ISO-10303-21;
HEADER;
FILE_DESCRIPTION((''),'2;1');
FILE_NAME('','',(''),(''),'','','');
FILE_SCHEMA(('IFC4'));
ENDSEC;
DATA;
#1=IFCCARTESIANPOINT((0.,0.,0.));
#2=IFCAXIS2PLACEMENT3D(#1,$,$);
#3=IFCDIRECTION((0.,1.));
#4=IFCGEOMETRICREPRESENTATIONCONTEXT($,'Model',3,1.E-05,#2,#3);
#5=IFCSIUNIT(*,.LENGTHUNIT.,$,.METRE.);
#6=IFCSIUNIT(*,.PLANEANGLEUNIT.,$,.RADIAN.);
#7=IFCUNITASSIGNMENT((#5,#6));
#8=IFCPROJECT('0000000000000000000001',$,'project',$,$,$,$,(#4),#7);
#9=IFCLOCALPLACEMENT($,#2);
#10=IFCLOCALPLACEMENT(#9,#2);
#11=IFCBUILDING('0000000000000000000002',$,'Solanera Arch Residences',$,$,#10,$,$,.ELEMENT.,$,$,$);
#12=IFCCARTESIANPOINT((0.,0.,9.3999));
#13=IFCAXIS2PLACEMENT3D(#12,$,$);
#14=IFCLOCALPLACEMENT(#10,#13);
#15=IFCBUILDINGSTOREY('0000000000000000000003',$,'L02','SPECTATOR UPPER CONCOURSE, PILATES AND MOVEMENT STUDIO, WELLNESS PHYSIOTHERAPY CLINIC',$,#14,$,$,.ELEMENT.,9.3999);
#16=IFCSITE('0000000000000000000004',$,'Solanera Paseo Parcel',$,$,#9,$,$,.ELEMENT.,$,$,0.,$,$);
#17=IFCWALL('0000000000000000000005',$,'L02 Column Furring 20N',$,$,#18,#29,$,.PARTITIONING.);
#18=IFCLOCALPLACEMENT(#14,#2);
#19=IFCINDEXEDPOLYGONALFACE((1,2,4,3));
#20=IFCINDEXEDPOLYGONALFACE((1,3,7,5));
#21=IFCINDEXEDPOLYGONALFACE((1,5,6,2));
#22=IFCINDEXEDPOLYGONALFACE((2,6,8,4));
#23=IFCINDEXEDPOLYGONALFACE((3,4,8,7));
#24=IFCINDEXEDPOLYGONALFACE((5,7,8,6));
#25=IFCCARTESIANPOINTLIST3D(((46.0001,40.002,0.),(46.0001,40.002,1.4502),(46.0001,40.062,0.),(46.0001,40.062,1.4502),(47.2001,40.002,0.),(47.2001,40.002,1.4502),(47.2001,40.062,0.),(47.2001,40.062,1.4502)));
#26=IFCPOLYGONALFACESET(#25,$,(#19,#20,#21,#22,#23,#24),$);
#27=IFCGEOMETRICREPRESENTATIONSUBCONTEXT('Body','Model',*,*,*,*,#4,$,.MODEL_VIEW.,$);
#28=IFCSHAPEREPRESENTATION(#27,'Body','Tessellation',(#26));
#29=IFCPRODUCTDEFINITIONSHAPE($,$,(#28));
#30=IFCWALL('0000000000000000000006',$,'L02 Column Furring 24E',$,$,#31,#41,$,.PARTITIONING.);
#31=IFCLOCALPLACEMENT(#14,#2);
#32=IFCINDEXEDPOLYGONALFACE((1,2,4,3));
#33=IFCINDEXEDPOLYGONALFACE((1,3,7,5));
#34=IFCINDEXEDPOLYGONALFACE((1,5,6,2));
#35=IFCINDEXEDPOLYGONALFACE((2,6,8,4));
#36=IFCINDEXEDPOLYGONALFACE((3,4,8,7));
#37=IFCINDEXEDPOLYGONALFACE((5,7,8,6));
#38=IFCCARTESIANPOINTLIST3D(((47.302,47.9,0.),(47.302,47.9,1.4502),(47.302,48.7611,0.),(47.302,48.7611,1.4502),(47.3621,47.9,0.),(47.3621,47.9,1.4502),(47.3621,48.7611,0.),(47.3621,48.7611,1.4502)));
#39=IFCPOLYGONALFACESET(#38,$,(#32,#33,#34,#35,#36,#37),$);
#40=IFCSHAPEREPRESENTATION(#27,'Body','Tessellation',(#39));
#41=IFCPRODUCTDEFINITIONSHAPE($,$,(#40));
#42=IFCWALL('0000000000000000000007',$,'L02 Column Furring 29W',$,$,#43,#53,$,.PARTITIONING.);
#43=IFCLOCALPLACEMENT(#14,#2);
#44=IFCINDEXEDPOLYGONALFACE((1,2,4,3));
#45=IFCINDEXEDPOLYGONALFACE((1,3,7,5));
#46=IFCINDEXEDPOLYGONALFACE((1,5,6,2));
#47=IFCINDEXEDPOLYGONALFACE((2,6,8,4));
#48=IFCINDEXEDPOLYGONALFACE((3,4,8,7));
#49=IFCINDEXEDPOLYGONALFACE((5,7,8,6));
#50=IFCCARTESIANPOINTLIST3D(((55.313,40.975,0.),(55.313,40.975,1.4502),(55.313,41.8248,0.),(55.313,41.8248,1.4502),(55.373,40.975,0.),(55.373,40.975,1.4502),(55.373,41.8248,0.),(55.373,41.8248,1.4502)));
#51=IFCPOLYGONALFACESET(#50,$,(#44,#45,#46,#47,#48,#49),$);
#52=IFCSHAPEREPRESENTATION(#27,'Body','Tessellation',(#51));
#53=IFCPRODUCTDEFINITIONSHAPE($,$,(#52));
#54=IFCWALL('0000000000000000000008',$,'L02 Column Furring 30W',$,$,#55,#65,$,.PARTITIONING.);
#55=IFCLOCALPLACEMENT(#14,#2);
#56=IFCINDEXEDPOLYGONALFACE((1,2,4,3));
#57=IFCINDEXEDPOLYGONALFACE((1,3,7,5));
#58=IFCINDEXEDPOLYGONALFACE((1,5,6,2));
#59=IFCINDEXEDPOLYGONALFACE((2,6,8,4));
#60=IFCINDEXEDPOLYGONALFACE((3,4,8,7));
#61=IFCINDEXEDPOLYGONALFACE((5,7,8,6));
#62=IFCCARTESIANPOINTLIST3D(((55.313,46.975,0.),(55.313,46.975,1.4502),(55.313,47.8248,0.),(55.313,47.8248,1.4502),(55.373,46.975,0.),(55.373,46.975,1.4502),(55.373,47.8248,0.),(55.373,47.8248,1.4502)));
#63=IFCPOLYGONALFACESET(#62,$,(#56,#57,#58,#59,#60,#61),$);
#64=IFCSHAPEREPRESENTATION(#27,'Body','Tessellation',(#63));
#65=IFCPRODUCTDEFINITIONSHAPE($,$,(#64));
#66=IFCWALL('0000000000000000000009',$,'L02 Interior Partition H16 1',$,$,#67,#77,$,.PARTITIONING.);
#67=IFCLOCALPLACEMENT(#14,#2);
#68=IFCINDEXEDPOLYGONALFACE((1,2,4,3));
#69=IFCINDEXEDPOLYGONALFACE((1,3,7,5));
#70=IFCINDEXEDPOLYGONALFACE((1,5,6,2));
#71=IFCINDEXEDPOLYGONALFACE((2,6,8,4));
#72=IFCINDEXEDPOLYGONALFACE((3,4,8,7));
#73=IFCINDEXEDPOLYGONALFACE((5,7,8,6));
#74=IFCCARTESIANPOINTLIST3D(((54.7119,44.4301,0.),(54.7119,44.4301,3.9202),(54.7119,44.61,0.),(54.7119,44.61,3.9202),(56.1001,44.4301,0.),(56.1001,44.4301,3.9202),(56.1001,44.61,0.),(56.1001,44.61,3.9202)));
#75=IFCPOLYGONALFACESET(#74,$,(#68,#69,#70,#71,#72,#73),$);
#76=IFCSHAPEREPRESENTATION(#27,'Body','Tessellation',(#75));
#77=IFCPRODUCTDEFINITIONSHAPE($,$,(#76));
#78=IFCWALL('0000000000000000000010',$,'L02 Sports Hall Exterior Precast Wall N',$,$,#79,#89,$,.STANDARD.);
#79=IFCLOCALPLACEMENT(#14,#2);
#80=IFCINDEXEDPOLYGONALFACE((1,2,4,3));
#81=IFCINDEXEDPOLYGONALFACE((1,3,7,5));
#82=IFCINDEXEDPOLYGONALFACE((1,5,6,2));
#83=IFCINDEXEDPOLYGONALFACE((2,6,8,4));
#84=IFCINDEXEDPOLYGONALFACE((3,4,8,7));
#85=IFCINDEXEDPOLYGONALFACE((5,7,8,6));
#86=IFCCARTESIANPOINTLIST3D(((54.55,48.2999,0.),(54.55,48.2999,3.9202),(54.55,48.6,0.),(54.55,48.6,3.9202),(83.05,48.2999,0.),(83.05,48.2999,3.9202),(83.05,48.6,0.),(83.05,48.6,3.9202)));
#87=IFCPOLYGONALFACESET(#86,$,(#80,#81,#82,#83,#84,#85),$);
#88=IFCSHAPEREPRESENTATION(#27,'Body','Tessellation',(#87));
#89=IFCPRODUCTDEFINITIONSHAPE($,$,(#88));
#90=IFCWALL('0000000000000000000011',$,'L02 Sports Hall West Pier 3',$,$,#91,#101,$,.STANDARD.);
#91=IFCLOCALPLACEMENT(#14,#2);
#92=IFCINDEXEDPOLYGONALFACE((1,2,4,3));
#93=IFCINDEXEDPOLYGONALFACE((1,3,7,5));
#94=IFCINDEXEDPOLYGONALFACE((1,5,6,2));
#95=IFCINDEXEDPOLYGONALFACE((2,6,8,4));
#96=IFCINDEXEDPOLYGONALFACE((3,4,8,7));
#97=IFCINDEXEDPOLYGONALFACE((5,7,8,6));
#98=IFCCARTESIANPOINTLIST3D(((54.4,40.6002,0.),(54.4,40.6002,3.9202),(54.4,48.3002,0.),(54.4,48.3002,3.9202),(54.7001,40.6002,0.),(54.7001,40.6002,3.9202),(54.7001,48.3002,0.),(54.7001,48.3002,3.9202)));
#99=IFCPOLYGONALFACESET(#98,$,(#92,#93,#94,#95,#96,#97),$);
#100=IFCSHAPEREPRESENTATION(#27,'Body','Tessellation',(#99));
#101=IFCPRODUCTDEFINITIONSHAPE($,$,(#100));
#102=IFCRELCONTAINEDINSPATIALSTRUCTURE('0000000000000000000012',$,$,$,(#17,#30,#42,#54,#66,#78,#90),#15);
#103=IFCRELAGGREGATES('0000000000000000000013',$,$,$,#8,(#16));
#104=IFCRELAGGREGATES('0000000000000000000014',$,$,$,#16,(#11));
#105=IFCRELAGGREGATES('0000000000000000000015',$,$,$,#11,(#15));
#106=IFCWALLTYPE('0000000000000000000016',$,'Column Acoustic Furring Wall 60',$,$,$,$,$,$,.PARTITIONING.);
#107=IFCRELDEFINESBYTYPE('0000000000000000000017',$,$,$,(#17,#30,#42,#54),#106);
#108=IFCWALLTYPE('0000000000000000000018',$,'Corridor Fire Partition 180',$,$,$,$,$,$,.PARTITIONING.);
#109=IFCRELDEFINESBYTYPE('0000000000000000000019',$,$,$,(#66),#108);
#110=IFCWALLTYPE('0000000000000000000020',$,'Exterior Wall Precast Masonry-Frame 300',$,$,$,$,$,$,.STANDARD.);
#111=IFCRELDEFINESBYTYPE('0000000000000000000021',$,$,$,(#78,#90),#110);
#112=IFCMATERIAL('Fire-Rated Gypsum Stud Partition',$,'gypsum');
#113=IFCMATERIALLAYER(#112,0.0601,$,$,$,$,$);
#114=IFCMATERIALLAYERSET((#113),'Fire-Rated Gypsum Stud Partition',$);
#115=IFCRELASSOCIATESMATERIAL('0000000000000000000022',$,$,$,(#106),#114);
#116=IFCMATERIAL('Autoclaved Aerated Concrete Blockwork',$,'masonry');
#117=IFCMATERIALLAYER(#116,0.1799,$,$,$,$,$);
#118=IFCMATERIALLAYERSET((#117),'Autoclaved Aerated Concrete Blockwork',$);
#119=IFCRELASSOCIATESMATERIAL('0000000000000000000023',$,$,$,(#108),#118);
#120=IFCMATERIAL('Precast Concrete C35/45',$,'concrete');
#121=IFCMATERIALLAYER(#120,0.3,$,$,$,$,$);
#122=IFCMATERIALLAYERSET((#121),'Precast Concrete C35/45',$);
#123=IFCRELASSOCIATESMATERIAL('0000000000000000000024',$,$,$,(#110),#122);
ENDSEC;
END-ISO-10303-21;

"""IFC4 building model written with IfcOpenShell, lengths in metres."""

from ifc_helpers import new_model, si_unit, direction, frame, frame_2d, origin, place, context, subcontext, project, spatial, rectangle, extrude, material, layer, layer_set, type_object, element, save


model = new_model("IFC4")

# Units and contexts
model_context = context("Model", 3, precision=1e-05, world=origin(), true_north=direction((0.0, 1.0)))
body_context = subcontext(model_context, "Body", "Model", "MODEL_VIEW")
ifc_project = project(units=[si_unit("LENGTHUNIT", "METRE"), si_unit("PLANEANGLEUNIT", "RADIAN")], contexts=[model_context])

# Site, building, storey
site_placement = place(None, origin())
site = spatial("IfcSite", under=ifc_project, at=site_placement, Name="Solanera Paseo Parcel", CompositionType="ELEMENT", RefElevation=0.0)
building_placement = place(site_placement, origin())
building = spatial("IfcBuilding", under=site, at=building_placement, Name="Solanera Arch Residences", CompositionType="ELEMENT")
storey_placement = place(building_placement, frame((0.0, 0.0, 9.3999)))
storey = spatial("IfcBuildingStorey", under=building, at=storey_placement, Name="L02", Description="SPECTATOR UPPER CONCOURSE, PILATES AND MOVEMENT STUDIO, WELLNESS PHYSIOTHERAPY CLINIC", CompositionType="ELEMENT", Elevation=9.3999)

# Walls
ifc_material_1 = material(Name="Fire-Rated Gypsum Stud Partition", Category="gypsum")
ifc_layer_1 = layer(ifc_material_1, 0.0601)
ifc_layer_set_1 = layer_set([ifc_layer_1], Name="Fire-Rated Gypsum Stud Partition")
wall_type_1 = type_object("IfcWallType", Name="Column Acoustic Furring Wall 60", PredefinedType="PARTITIONING", material=ifc_layer_set_1)
wall_1_placement = place(storey_placement, frame((46.0, 40.032, 0.0), z_axis=(0.0, 0.0, 1.0), x_axis=(1.0, 0.0, 0.0)))
element("IfcWall", 1, at=wall_1_placement, inside=storey, type_object=wall_type_1, Name="L02 Column Furring 20N", PredefinedType="PARTITIONING", context=body_context, shape_type="SweptSolid", body=[
    extrude(rectangle(XDim=1.2, YDim=0.0601, at=frame_2d((0.6001, 0.0))), origin(), (0.0, 0.0, 1.0), 1.4502),
])
wall_2_placement = place(storey_placement, frame((47.332, 47.8999, 0.0), z_axis=(0.0, 0.0, 1.0), x_axis=(0.0, 1.0, 0.0)))
element("IfcWall", 2, at=wall_2_placement, inside=storey, type_object=wall_type_1, Name="L02 Column Furring 24E", PredefinedType="PARTITIONING", context=body_context, shape_type="SweptSolid", body=[
    extrude(rectangle(XDim=0.8611, YDim=0.0601, at=frame_2d((0.4307, 0.0))), origin(), (0.0, 0.0, 1.0), 1.4502),
])
for number, where, z_axis, x_axis, name in (
    (3, (55.343, 40.9751, 0.0), (0.0, 0.0, 1.0), (0.0, 1.0, 0.0), "L02 Column Furring 29W"),
    (4, (55.343, 46.9751, 0.0), (0.0, 0.0, 1.0), (0.0, 1.0, 0.0), "L02 Column Furring 30W"),
):
    element("IfcWall", number, at=place(storey_placement, frame(where, z_axis=z_axis, x_axis=x_axis)), inside=storey, type_object=wall_type_1, Name=name, PredefinedType="PARTITIONING", context=body_context, shape_type="SweptSolid", body=[
        extrude(rectangle(XDim=0.8499, YDim=0.0601, at=frame_2d((0.4248, 0.0))), origin(), (0.0, 0.0, 1.0), 1.4502),
    ])
ifc_material_2 = material(Name="Autoclaved Aerated Concrete Blockwork", Category="masonry")
ifc_layer_2 = layer(ifc_material_2, 0.1799)
ifc_layer_set_2 = layer_set([ifc_layer_2], Name="Autoclaved Aerated Concrete Blockwork")
wall_type_2 = type_object("IfcWallType", Name="Corridor Fire Partition 180", PredefinedType="PARTITIONING", material=ifc_layer_set_2)
wall_3_placement = place(storey_placement, frame((54.7119, 44.52, 0.0), z_axis=(0.0, 0.0, 1.0), x_axis=(1.0, 0.0, 0.0)))
element("IfcWall", 5, at=wall_3_placement, inside=storey, type_object=wall_type_2, Name="L02 Interior Partition H16 1", PredefinedType="PARTITIONING", context=body_context, shape_type="SweptSolid", body=[
    extrude(rectangle(XDim=1.3882, YDim=0.1799, at=frame_2d((0.6941, 0.0))), origin(), (0.0, 0.0, 1.0), 3.9202),
])
ifc_material_3 = material(Name="Precast Concrete C35/45", Category="concrete")
ifc_layer_3 = layer(ifc_material_3, 0.3)
ifc_layer_set_3 = layer_set([ifc_layer_3], Name="Precast Concrete C35/45")
wall_type_3 = type_object("IfcWallType", Name="Exterior Wall Precast Masonry-Frame 300", PredefinedType="STANDARD", material=ifc_layer_set_3)
wall_4_placement = place(storey_placement, frame((54.55, 48.45, 0.0), z_axis=(0.0, 0.0, 1.0), x_axis=(1.0, 0.0, 0.0)))
element("IfcWall", 6, at=wall_4_placement, inside=storey, type_object=wall_type_3, Name="L02 Sports Hall Exterior Precast Wall N", PredefinedType="STANDARD", context=body_context, shape_type="SweptSolid", body=[
    extrude(rectangle(XDim=28.5, YDim=0.3, at=frame_2d((14.25, 0.0))), origin(), (0.0, 0.0, 1.0), 3.9202),
])
wall_5_placement = place(storey_placement, frame((54.55, 40.6001, 0.0), z_axis=(0.0, 0.0, 1.0), x_axis=(0.0, 1.0, 0.0)))
element("IfcWall", 7, at=wall_5_placement, inside=storey, type_object=wall_type_3, Name="L02 Sports Hall West Pier 3", PredefinedType="STANDARD", context=body_context, shape_type="SweptSolid", body=[
    extrude(rectangle(XDim=7.7, YDim=0.3, at=frame_2d((3.8501, 0.0))), origin(), (0.0, 0.0, 1.0), 3.9202),
])

save(model, "model.ifc")
